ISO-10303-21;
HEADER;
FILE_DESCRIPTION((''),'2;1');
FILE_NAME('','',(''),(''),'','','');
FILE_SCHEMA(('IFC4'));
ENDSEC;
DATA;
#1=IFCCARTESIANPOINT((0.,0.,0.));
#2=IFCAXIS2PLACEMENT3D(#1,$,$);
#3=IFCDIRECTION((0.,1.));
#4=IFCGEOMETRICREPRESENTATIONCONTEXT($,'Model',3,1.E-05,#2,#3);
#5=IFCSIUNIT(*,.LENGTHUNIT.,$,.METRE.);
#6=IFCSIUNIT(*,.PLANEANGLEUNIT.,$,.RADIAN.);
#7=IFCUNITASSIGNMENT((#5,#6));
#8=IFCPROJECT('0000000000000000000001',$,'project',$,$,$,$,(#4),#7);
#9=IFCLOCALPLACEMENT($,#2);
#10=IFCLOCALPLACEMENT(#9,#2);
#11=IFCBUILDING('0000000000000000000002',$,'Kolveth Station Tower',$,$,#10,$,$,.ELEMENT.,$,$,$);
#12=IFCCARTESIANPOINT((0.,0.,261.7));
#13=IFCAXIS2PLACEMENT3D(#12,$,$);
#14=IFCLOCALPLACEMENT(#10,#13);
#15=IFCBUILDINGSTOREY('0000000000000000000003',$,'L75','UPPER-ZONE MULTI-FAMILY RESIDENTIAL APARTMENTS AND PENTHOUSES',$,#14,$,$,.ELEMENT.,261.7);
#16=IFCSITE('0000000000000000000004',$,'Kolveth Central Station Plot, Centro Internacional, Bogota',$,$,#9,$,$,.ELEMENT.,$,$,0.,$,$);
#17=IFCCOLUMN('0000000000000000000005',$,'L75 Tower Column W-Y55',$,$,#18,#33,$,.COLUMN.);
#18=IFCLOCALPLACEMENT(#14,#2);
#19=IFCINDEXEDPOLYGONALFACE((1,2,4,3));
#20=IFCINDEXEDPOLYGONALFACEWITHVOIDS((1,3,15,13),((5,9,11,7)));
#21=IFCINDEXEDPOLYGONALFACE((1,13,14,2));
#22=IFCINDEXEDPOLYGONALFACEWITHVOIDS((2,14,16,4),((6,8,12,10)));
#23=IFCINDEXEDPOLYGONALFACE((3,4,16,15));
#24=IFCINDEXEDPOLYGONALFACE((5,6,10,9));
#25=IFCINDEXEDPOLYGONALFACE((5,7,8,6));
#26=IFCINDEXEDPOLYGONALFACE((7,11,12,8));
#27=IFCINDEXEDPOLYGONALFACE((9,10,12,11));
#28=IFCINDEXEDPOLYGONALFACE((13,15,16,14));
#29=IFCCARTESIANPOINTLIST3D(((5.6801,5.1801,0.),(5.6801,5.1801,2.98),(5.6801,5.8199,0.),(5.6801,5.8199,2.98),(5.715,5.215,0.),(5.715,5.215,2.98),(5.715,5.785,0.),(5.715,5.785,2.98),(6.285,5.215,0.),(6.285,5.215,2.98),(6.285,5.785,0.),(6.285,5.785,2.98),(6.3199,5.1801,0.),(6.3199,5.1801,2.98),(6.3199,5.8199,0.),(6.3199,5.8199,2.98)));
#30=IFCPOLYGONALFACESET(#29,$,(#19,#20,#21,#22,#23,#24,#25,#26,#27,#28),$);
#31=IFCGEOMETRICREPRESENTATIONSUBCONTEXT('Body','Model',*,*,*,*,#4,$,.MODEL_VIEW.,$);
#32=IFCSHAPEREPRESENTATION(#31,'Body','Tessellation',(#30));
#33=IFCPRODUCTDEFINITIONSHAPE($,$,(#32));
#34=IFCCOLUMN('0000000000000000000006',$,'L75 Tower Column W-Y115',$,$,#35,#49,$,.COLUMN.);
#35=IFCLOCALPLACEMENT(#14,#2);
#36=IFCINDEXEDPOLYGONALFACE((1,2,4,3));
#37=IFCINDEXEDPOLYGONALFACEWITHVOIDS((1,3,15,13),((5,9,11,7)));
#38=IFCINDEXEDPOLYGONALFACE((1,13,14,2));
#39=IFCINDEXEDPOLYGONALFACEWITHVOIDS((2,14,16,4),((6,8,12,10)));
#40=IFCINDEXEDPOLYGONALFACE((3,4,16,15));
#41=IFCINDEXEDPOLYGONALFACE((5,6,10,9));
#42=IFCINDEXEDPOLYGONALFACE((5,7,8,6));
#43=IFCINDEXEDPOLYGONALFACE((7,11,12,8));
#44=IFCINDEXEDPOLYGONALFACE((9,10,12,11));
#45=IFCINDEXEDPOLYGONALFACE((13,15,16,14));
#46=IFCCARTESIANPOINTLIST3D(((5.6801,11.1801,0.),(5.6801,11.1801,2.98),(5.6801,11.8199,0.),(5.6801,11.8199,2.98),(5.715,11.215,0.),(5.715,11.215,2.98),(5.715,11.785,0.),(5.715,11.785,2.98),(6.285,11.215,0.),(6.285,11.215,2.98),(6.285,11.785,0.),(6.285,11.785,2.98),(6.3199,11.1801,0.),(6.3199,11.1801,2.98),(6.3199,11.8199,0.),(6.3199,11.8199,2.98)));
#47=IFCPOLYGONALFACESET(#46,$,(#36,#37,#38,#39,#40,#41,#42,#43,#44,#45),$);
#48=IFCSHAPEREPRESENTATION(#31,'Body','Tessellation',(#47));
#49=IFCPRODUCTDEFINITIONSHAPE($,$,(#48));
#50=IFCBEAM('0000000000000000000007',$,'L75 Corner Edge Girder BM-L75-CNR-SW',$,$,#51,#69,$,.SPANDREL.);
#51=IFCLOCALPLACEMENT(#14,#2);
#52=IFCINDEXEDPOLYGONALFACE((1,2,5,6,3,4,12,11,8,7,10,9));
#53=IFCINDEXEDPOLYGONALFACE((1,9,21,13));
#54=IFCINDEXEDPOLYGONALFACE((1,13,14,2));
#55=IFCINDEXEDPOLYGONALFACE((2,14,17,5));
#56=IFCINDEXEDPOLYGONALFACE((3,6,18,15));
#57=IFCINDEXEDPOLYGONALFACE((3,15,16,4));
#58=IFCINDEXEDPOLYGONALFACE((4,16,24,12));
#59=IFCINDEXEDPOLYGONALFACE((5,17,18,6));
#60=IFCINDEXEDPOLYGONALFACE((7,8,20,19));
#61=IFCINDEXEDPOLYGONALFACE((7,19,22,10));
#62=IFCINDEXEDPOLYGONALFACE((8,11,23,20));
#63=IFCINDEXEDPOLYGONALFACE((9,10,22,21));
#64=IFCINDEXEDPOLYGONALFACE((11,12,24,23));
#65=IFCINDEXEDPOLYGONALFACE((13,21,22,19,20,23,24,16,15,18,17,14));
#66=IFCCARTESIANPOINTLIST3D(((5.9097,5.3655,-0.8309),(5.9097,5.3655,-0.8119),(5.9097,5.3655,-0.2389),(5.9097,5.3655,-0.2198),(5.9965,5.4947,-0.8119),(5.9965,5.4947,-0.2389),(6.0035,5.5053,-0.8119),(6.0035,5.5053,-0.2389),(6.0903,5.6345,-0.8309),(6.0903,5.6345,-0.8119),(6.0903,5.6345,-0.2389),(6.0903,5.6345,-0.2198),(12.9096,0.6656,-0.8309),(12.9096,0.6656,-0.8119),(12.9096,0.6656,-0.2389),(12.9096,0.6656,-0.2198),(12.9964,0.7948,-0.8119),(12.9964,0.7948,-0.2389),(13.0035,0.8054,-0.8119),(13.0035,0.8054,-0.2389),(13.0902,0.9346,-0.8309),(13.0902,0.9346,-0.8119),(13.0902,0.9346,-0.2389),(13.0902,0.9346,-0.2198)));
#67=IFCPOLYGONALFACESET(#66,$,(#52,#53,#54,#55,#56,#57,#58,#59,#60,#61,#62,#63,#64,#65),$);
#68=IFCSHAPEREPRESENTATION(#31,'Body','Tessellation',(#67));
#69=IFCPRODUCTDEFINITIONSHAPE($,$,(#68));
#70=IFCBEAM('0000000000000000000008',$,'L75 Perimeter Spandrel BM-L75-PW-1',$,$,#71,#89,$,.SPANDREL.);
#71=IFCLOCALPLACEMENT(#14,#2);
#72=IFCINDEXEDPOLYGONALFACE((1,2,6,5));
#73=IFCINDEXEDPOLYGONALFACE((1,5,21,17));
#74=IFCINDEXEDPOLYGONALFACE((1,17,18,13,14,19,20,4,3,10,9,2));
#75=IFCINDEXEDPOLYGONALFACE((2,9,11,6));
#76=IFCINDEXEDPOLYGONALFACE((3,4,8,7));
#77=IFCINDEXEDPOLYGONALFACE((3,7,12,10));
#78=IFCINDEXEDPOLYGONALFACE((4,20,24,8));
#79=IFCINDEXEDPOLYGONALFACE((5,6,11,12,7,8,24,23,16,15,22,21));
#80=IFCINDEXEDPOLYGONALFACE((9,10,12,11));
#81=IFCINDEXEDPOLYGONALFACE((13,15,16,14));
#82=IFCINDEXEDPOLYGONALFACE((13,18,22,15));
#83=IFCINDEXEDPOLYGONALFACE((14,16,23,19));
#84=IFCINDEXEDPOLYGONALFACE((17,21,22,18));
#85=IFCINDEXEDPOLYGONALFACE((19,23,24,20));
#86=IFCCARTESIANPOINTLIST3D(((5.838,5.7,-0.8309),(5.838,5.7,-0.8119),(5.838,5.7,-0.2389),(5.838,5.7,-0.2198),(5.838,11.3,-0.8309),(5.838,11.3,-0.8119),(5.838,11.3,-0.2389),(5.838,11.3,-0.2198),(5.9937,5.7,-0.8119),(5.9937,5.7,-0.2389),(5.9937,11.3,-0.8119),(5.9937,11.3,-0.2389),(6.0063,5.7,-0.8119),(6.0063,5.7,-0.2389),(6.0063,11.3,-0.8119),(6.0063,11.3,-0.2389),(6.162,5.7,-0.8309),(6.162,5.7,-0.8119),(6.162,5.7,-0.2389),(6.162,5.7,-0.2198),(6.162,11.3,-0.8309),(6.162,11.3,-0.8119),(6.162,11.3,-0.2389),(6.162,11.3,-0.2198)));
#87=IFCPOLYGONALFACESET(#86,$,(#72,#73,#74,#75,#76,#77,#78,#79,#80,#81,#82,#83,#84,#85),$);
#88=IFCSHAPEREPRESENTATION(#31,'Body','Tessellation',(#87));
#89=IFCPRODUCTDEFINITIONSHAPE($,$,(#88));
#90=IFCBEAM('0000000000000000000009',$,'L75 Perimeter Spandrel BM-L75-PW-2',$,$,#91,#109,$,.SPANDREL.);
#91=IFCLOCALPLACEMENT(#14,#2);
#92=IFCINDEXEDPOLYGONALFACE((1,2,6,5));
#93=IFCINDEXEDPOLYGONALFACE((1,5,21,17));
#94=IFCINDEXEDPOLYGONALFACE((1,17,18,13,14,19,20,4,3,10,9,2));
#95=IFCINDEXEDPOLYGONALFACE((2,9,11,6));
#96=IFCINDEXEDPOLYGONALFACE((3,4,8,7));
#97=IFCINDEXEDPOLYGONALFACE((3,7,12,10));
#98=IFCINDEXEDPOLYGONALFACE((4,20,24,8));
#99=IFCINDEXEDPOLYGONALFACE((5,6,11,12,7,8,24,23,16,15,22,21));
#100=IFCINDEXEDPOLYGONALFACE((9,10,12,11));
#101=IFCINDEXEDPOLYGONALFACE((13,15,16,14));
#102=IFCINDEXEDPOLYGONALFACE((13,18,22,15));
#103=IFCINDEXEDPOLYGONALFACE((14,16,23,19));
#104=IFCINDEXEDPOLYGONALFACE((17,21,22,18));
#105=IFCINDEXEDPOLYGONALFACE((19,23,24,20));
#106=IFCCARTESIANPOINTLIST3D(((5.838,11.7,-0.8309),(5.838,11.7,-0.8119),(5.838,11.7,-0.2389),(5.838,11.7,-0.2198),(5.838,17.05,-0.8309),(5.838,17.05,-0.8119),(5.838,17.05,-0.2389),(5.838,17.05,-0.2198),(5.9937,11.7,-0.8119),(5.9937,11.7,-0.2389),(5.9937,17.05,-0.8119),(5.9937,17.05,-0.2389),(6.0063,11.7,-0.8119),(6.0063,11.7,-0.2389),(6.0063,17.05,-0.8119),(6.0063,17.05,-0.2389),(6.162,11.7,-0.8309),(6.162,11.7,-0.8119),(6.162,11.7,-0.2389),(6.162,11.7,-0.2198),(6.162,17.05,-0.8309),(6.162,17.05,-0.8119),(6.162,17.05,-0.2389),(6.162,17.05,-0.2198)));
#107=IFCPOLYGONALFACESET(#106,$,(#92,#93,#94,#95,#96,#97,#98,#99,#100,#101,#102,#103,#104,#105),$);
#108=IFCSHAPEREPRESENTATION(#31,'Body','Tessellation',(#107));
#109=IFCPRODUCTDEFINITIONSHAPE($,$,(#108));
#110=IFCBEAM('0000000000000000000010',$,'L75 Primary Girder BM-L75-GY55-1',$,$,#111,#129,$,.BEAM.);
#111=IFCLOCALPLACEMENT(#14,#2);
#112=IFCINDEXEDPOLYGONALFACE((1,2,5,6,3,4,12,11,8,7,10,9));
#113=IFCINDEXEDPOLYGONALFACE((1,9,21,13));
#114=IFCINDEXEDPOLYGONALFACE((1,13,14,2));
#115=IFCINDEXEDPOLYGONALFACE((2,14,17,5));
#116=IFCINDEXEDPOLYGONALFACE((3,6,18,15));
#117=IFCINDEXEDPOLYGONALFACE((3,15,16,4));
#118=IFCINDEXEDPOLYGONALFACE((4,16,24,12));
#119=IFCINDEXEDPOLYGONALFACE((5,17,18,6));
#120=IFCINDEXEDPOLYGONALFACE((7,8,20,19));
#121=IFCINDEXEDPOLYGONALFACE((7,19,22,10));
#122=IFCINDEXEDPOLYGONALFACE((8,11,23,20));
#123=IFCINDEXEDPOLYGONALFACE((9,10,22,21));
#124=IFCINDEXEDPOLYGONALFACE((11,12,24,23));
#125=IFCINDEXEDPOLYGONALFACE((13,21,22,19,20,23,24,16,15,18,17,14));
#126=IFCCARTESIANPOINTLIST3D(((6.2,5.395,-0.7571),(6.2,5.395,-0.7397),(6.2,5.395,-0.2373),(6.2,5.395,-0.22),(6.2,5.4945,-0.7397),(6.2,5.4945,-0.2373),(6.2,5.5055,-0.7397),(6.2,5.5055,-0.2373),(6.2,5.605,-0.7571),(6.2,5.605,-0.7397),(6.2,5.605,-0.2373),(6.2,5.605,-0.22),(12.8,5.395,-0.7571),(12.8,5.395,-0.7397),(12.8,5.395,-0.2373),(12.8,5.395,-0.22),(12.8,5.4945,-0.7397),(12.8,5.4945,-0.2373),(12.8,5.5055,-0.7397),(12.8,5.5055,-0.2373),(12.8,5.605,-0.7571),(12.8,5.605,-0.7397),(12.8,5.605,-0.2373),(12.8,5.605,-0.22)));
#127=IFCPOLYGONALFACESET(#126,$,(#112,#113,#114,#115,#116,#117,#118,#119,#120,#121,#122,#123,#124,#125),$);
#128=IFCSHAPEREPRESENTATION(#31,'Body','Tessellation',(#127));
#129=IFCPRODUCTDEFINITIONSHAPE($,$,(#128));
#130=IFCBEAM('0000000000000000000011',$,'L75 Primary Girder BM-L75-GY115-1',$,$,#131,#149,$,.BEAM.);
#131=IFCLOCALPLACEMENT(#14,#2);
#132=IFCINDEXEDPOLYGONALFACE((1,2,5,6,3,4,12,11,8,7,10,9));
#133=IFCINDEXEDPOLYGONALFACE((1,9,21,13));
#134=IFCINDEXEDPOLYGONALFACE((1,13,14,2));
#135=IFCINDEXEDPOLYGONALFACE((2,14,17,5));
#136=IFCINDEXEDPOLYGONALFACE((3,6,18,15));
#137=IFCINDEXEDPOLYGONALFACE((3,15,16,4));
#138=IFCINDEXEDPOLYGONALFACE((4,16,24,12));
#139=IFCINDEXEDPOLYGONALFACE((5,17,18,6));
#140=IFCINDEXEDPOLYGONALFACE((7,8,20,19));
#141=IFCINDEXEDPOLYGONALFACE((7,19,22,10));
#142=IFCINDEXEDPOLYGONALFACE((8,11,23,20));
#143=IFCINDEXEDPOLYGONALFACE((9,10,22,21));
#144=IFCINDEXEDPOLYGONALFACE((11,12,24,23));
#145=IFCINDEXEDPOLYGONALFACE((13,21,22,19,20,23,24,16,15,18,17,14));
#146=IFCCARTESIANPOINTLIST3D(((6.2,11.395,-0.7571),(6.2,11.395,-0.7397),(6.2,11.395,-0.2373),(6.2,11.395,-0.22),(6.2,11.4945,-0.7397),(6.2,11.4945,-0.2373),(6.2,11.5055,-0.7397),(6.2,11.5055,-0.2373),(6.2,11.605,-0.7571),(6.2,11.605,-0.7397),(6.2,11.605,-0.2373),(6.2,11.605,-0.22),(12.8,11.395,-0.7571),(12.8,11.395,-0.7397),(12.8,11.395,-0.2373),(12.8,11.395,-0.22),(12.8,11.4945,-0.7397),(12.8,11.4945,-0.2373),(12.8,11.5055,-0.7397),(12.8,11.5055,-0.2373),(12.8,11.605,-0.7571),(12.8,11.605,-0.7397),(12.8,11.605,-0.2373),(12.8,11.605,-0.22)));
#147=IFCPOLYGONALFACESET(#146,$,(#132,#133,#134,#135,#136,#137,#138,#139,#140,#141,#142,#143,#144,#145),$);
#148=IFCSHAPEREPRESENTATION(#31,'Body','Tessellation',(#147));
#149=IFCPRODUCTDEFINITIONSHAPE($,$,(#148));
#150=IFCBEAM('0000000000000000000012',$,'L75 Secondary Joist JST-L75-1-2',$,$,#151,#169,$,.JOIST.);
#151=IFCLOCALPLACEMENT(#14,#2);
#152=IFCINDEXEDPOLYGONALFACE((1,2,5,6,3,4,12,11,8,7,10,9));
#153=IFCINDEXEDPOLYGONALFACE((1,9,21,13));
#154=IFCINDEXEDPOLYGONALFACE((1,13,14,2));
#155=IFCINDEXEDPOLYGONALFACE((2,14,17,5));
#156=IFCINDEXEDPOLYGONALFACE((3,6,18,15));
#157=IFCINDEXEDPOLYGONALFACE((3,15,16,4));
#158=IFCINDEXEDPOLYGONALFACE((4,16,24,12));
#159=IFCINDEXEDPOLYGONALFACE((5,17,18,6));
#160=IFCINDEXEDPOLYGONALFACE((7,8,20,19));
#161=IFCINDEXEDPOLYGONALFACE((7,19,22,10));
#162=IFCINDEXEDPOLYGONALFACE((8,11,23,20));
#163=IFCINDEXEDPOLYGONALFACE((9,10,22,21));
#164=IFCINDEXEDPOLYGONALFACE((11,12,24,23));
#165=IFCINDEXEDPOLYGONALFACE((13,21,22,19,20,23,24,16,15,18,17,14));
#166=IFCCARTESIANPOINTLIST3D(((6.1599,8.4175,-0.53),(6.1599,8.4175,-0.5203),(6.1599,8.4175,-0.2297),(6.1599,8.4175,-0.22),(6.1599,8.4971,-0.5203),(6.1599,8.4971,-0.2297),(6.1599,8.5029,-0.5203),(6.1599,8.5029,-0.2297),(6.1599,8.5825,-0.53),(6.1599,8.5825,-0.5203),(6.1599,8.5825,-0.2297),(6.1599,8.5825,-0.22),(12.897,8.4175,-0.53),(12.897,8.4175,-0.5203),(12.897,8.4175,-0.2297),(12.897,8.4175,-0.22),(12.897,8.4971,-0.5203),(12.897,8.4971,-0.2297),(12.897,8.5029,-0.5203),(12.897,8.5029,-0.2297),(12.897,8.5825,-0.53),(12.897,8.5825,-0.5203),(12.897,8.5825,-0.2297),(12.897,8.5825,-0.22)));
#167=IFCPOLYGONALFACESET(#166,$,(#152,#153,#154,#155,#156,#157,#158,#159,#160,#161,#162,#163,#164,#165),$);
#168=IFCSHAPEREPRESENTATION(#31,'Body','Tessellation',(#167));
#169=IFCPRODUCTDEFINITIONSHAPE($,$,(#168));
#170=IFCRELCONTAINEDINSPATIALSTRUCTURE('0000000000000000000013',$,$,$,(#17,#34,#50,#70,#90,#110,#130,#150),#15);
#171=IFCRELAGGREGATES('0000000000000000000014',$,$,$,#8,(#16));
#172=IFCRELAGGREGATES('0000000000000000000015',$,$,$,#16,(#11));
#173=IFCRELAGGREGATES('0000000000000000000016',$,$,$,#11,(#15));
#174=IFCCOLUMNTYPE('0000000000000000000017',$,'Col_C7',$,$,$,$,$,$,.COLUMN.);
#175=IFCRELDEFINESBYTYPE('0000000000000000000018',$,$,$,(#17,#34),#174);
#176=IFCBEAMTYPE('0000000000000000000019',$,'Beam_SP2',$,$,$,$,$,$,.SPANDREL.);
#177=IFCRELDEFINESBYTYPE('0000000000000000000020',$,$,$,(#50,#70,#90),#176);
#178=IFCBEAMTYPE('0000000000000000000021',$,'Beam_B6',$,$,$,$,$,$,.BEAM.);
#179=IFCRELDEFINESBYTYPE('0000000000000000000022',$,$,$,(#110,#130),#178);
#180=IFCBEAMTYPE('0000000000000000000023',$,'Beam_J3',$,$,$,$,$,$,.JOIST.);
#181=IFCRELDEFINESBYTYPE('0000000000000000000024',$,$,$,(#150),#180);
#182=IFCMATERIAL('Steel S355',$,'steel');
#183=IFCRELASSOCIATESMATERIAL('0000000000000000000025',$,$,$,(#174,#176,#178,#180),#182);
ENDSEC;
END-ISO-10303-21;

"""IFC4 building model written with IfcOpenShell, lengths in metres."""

from ifc_helpers import new_model, si_unit, direction, frame, origin, origin_2d, place, context, subcontext, project, spatial, hollow_rectangle, i_section, extrude, source, transform, mapped, material, material_profile, profile_set, type_object, element, save


model = new_model("IFC4")

# Units and contexts
model_context = context("Model", 3, precision=1e-05, world=origin(), true_north=direction((0.0, 1.0)))
body_context = subcontext(model_context, "Body", "Model", "MODEL_VIEW")
ifc_project = project(units=[si_unit("LENGTHUNIT", "METRE"), si_unit("PLANEANGLEUNIT", "RADIAN")], contexts=[model_context])

# Site, building, storey
site_placement = place(None, origin())
site = spatial("IfcSite", under=ifc_project, at=site_placement, Name="Kolveth Central Station Plot, Centro Internacional, Bogota", CompositionType="ELEMENT", RefElevation=0.0)
building_placement = place(site_placement, origin())
building = spatial("IfcBuilding", under=site, at=building_placement, Name="Kolveth Station Tower", CompositionType="ELEMENT")
storey_placement = place(building_placement, frame((0.0, 0.0, 261.7)))
storey = spatial("IfcBuildingStorey", under=building, at=storey_placement, Name="L75", Description="UPPER-ZONE MULTI-FAMILY RESIDENTIAL APARTMENTS AND PENTHOUSES", CompositionType="ELEMENT", Elevation=261.7)

# Columns
ifc_material_1 = material(Name="Steel S355", Category="steel")
ifc_material_profile_1 = material_profile(ifc_material_1, hollow_rectangle(XDim=0.6399, YDim=0.6399, WallThickness=0.0349, at=origin_2d()), Name="BOX640x640x35")
ifc_profile_set_1 = profile_set([ifc_material_profile_1], Name="Steel S355")
column_type = type_object("IfcColumnType", Name="Col_C7", PredefinedType="COLUMN", material=ifc_profile_set_1)
shared_shape_1 = source(origin(), body_context, "Body", "SweptSolid", [
    extrude(hollow_rectangle(XDim=0.6399, YDim=0.6399, WallThickness=0.0349, at=origin_2d()), origin(), (0.0, 0.0, 1.0), 2.98),
])
for number, where, z_axis, x_axis, name in (
    (1, (6.0, 5.5, 0.0), (0.0, 0.0, 1.0), (1.0, 0.0, 0.0), "L75 Tower Column W-Y55"),
    (2, (6.0, 11.5, 0.0), (0.0, 0.0, 1.0), (1.0, 0.0, 0.0), "L75 Tower Column W-Y115"),
):
    element("IfcColumn", number, at=place(storey_placement, frame(where, z_axis=z_axis, x_axis=x_axis)), inside=storey, type_object=column_type, Name=name, PredefinedType="COLUMN", context=body_context, shape_type="MappedRepresentation", body=[
        mapped(shared_shape_1, transform((0.0, 0.0, 0.0), x_axis=(1.0, 0.0, 0.0), y_axis=(0.0, 1.0, 0.0), z_axis=(0.0, 0.0, 1.0), scale=1.0)),
    ])

# Beams
ifc_material_profile_2 = material_profile(ifc_material_1, i_section(OverallWidth=0.324, OverallDepth=0.6111, WebThickness=0.0127, FlangeThickness=0.019, at=origin_2d()), Name="W610x155")
ifc_profile_set_2 = profile_set([ifc_material_profile_2], Name="Steel S355")
beam_type_1 = type_object("IfcBeamType", Name="Beam_SP2", PredefinedType="SPANDREL", material=ifc_profile_set_2)
shared_shape_2 = source(origin(), body_context, "Body", "SweptSolid", [
    extrude(i_section(OverallWidth=0.324, OverallDepth=0.6111, WebThickness=0.0127, FlangeThickness=0.019, at=origin_2d()), origin(), (0.0, 0.0, 1.0), 8.4314),
])
beam_1_placement = place(storey_placement, frame((6.0, 5.5, -0.5254), z_axis=(0.830224, -0.55743, 0.0), x_axis=(0.55743, 0.830224, 0.0)))
element("IfcBeam", 3, at=beam_1_placement, inside=storey, type_object=beam_type_1, Name="L75 Corner Edge Girder BM-L75-CNR-SW", PredefinedType="SPANDREL", context=body_context, shape_type="MappedRepresentation", body=[
    mapped(shared_shape_2, transform((0.0, 0.0, 0.0), x_axis=(1.0, 0.0, 0.0), y_axis=(0.0, 1.0, 0.0), z_axis=(0.0, 0.0, 1.0), scale=1.0)),
])
shared_shape_3 = source(origin(), body_context, "Body", "SweptSolid", [
    extrude(i_section(OverallWidth=0.324, OverallDepth=0.6111, WebThickness=0.0127, FlangeThickness=0.019, at=origin_2d()), origin(), (0.0, 0.0, 1.0), 5.6001),
])
beam_2_placement = place(storey_placement, frame((6.0, 5.7, -0.5254), z_axis=(0.0, 1.0, 0.0), x_axis=(-1.0, 0.0, 0.0)))
element("IfcBeam", 4, at=beam_2_placement, inside=storey, type_object=beam_type_1, Name="L75 Perimeter Spandrel BM-L75-PW-1", PredefinedType="SPANDREL", context=body_context, shape_type="MappedRepresentation", body=[
    mapped(shared_shape_3, transform((0.0, 0.0, 0.0), x_axis=(1.0, 0.0, 0.0), y_axis=(0.0, 1.0, 0.0), z_axis=(0.0, 0.0, 1.0), scale=1.0)),
])
shared_shape_4 = source(origin(), body_context, "Body", "SweptSolid", [
    extrude(i_section(OverallWidth=0.324, OverallDepth=0.6111, WebThickness=0.0127, FlangeThickness=0.019, at=origin_2d()), origin(), (0.0, 0.0, 1.0), 5.3501),
])
beam_3_placement = place(storey_placement, frame((6.0, 11.7, -0.5254), z_axis=(0.0, 1.0, 0.0), x_axis=(-1.0, 0.0, 0.0)))
element("IfcBeam", 5, at=beam_3_placement, inside=storey, type_object=beam_type_1, Name="L75 Perimeter Spandrel BM-L75-PW-2", PredefinedType="SPANDREL", context=body_context, shape_type="MappedRepresentation", body=[
    mapped(shared_shape_4, transform((0.0, 0.0, 0.0), x_axis=(1.0, 0.0, 0.0), y_axis=(0.0, 1.0, 0.0), z_axis=(0.0, 0.0, 1.0), scale=1.0)),
])
ifc_material_profile_3 = material_profile(ifc_material_1, i_section(OverallWidth=0.21, OverallDepth=0.5371, WebThickness=0.011, FlangeThickness=0.0173, at=origin_2d()), Name="W530x101")
ifc_profile_set_3 = profile_set([ifc_material_profile_3], Name="Steel S355")
beam_type_2 = type_object("IfcBeamType", Name="Beam_B6", PredefinedType="BEAM", material=ifc_profile_set_3)
shared_shape_5 = source(origin(), body_context, "Body", "SweptSolid", [
    extrude(i_section(OverallWidth=0.21, OverallDepth=0.5371, WebThickness=0.011, FlangeThickness=0.0173, at=origin_2d()), origin(), (0.0, 0.0, 1.0), 6.6001),
])
for number, where, z_axis, x_axis, name in (
    (6, (6.2, 5.5, -0.4885), (1.0, 0.0, 0.0), (0.0, 1.0, 0.0), "L75 Primary Girder BM-L75-GY55-1"),
    (7, (6.2, 11.5, -0.4885), (1.0, 0.0, 0.0), (0.0, 1.0, 0.0), "L75 Primary Girder BM-L75-GY115-1"),
):
    element("IfcBeam", number, at=place(storey_placement, frame(where, z_axis=z_axis, x_axis=x_axis)), inside=storey, type_object=beam_type_2, Name=name, PredefinedType="BEAM", context=body_context, shape_type="MappedRepresentation", body=[
        mapped(shared_shape_5, transform((0.0, 0.0, 0.0), x_axis=(1.0, 0.0, 0.0), y_axis=(0.0, 1.0, 0.0), z_axis=(0.0, 0.0, 1.0), scale=1.0)),
    ])
ifc_material_profile_4 = material_profile(ifc_material_1, i_section(OverallWidth=0.165, OverallDepth=0.3101, WebThickness=0.0059, FlangeThickness=0.0098, at=origin_2d()), Name="W310x39")
ifc_profile_set_4 = profile_set([ifc_material_profile_4], Name="Steel S355")
beam_type_3 = type_object("IfcBeamType", Name="Beam_J3", PredefinedType="JOIST", material=ifc_profile_set_4)
shared_shape_6 = source(origin(), body_context, "Body", "SweptSolid", [
    extrude(i_section(OverallWidth=0.165, OverallDepth=0.3101, WebThickness=0.0059, FlangeThickness=0.0098, at=origin_2d()), origin(), (0.0, 0.0, 1.0), 6.7371),
])
for number, where, z_axis, x_axis, name in (
    (8, (6.1599, 8.5, -0.375), (1.0, 0.0, 0.0), (0.0, 1.0, 0.0), "L75 Secondary Joist JST-L75-1-2"),
):
    element("IfcBeam", number, at=place(storey_placement, frame(where, z_axis=z_axis, x_axis=x_axis)), inside=storey, type_object=beam_type_3, Name=name, PredefinedType="JOIST", context=body_context, shape_type="MappedRepresentation", body=[
        mapped(shared_shape_6, transform((0.0, 0.0, 0.0), x_axis=(1.0, 0.0, 0.0), y_axis=(0.0, 1.0, 0.0), z_axis=(0.0, 0.0, 1.0), scale=1.0)),
    ])

save(model, "model.ifc")
